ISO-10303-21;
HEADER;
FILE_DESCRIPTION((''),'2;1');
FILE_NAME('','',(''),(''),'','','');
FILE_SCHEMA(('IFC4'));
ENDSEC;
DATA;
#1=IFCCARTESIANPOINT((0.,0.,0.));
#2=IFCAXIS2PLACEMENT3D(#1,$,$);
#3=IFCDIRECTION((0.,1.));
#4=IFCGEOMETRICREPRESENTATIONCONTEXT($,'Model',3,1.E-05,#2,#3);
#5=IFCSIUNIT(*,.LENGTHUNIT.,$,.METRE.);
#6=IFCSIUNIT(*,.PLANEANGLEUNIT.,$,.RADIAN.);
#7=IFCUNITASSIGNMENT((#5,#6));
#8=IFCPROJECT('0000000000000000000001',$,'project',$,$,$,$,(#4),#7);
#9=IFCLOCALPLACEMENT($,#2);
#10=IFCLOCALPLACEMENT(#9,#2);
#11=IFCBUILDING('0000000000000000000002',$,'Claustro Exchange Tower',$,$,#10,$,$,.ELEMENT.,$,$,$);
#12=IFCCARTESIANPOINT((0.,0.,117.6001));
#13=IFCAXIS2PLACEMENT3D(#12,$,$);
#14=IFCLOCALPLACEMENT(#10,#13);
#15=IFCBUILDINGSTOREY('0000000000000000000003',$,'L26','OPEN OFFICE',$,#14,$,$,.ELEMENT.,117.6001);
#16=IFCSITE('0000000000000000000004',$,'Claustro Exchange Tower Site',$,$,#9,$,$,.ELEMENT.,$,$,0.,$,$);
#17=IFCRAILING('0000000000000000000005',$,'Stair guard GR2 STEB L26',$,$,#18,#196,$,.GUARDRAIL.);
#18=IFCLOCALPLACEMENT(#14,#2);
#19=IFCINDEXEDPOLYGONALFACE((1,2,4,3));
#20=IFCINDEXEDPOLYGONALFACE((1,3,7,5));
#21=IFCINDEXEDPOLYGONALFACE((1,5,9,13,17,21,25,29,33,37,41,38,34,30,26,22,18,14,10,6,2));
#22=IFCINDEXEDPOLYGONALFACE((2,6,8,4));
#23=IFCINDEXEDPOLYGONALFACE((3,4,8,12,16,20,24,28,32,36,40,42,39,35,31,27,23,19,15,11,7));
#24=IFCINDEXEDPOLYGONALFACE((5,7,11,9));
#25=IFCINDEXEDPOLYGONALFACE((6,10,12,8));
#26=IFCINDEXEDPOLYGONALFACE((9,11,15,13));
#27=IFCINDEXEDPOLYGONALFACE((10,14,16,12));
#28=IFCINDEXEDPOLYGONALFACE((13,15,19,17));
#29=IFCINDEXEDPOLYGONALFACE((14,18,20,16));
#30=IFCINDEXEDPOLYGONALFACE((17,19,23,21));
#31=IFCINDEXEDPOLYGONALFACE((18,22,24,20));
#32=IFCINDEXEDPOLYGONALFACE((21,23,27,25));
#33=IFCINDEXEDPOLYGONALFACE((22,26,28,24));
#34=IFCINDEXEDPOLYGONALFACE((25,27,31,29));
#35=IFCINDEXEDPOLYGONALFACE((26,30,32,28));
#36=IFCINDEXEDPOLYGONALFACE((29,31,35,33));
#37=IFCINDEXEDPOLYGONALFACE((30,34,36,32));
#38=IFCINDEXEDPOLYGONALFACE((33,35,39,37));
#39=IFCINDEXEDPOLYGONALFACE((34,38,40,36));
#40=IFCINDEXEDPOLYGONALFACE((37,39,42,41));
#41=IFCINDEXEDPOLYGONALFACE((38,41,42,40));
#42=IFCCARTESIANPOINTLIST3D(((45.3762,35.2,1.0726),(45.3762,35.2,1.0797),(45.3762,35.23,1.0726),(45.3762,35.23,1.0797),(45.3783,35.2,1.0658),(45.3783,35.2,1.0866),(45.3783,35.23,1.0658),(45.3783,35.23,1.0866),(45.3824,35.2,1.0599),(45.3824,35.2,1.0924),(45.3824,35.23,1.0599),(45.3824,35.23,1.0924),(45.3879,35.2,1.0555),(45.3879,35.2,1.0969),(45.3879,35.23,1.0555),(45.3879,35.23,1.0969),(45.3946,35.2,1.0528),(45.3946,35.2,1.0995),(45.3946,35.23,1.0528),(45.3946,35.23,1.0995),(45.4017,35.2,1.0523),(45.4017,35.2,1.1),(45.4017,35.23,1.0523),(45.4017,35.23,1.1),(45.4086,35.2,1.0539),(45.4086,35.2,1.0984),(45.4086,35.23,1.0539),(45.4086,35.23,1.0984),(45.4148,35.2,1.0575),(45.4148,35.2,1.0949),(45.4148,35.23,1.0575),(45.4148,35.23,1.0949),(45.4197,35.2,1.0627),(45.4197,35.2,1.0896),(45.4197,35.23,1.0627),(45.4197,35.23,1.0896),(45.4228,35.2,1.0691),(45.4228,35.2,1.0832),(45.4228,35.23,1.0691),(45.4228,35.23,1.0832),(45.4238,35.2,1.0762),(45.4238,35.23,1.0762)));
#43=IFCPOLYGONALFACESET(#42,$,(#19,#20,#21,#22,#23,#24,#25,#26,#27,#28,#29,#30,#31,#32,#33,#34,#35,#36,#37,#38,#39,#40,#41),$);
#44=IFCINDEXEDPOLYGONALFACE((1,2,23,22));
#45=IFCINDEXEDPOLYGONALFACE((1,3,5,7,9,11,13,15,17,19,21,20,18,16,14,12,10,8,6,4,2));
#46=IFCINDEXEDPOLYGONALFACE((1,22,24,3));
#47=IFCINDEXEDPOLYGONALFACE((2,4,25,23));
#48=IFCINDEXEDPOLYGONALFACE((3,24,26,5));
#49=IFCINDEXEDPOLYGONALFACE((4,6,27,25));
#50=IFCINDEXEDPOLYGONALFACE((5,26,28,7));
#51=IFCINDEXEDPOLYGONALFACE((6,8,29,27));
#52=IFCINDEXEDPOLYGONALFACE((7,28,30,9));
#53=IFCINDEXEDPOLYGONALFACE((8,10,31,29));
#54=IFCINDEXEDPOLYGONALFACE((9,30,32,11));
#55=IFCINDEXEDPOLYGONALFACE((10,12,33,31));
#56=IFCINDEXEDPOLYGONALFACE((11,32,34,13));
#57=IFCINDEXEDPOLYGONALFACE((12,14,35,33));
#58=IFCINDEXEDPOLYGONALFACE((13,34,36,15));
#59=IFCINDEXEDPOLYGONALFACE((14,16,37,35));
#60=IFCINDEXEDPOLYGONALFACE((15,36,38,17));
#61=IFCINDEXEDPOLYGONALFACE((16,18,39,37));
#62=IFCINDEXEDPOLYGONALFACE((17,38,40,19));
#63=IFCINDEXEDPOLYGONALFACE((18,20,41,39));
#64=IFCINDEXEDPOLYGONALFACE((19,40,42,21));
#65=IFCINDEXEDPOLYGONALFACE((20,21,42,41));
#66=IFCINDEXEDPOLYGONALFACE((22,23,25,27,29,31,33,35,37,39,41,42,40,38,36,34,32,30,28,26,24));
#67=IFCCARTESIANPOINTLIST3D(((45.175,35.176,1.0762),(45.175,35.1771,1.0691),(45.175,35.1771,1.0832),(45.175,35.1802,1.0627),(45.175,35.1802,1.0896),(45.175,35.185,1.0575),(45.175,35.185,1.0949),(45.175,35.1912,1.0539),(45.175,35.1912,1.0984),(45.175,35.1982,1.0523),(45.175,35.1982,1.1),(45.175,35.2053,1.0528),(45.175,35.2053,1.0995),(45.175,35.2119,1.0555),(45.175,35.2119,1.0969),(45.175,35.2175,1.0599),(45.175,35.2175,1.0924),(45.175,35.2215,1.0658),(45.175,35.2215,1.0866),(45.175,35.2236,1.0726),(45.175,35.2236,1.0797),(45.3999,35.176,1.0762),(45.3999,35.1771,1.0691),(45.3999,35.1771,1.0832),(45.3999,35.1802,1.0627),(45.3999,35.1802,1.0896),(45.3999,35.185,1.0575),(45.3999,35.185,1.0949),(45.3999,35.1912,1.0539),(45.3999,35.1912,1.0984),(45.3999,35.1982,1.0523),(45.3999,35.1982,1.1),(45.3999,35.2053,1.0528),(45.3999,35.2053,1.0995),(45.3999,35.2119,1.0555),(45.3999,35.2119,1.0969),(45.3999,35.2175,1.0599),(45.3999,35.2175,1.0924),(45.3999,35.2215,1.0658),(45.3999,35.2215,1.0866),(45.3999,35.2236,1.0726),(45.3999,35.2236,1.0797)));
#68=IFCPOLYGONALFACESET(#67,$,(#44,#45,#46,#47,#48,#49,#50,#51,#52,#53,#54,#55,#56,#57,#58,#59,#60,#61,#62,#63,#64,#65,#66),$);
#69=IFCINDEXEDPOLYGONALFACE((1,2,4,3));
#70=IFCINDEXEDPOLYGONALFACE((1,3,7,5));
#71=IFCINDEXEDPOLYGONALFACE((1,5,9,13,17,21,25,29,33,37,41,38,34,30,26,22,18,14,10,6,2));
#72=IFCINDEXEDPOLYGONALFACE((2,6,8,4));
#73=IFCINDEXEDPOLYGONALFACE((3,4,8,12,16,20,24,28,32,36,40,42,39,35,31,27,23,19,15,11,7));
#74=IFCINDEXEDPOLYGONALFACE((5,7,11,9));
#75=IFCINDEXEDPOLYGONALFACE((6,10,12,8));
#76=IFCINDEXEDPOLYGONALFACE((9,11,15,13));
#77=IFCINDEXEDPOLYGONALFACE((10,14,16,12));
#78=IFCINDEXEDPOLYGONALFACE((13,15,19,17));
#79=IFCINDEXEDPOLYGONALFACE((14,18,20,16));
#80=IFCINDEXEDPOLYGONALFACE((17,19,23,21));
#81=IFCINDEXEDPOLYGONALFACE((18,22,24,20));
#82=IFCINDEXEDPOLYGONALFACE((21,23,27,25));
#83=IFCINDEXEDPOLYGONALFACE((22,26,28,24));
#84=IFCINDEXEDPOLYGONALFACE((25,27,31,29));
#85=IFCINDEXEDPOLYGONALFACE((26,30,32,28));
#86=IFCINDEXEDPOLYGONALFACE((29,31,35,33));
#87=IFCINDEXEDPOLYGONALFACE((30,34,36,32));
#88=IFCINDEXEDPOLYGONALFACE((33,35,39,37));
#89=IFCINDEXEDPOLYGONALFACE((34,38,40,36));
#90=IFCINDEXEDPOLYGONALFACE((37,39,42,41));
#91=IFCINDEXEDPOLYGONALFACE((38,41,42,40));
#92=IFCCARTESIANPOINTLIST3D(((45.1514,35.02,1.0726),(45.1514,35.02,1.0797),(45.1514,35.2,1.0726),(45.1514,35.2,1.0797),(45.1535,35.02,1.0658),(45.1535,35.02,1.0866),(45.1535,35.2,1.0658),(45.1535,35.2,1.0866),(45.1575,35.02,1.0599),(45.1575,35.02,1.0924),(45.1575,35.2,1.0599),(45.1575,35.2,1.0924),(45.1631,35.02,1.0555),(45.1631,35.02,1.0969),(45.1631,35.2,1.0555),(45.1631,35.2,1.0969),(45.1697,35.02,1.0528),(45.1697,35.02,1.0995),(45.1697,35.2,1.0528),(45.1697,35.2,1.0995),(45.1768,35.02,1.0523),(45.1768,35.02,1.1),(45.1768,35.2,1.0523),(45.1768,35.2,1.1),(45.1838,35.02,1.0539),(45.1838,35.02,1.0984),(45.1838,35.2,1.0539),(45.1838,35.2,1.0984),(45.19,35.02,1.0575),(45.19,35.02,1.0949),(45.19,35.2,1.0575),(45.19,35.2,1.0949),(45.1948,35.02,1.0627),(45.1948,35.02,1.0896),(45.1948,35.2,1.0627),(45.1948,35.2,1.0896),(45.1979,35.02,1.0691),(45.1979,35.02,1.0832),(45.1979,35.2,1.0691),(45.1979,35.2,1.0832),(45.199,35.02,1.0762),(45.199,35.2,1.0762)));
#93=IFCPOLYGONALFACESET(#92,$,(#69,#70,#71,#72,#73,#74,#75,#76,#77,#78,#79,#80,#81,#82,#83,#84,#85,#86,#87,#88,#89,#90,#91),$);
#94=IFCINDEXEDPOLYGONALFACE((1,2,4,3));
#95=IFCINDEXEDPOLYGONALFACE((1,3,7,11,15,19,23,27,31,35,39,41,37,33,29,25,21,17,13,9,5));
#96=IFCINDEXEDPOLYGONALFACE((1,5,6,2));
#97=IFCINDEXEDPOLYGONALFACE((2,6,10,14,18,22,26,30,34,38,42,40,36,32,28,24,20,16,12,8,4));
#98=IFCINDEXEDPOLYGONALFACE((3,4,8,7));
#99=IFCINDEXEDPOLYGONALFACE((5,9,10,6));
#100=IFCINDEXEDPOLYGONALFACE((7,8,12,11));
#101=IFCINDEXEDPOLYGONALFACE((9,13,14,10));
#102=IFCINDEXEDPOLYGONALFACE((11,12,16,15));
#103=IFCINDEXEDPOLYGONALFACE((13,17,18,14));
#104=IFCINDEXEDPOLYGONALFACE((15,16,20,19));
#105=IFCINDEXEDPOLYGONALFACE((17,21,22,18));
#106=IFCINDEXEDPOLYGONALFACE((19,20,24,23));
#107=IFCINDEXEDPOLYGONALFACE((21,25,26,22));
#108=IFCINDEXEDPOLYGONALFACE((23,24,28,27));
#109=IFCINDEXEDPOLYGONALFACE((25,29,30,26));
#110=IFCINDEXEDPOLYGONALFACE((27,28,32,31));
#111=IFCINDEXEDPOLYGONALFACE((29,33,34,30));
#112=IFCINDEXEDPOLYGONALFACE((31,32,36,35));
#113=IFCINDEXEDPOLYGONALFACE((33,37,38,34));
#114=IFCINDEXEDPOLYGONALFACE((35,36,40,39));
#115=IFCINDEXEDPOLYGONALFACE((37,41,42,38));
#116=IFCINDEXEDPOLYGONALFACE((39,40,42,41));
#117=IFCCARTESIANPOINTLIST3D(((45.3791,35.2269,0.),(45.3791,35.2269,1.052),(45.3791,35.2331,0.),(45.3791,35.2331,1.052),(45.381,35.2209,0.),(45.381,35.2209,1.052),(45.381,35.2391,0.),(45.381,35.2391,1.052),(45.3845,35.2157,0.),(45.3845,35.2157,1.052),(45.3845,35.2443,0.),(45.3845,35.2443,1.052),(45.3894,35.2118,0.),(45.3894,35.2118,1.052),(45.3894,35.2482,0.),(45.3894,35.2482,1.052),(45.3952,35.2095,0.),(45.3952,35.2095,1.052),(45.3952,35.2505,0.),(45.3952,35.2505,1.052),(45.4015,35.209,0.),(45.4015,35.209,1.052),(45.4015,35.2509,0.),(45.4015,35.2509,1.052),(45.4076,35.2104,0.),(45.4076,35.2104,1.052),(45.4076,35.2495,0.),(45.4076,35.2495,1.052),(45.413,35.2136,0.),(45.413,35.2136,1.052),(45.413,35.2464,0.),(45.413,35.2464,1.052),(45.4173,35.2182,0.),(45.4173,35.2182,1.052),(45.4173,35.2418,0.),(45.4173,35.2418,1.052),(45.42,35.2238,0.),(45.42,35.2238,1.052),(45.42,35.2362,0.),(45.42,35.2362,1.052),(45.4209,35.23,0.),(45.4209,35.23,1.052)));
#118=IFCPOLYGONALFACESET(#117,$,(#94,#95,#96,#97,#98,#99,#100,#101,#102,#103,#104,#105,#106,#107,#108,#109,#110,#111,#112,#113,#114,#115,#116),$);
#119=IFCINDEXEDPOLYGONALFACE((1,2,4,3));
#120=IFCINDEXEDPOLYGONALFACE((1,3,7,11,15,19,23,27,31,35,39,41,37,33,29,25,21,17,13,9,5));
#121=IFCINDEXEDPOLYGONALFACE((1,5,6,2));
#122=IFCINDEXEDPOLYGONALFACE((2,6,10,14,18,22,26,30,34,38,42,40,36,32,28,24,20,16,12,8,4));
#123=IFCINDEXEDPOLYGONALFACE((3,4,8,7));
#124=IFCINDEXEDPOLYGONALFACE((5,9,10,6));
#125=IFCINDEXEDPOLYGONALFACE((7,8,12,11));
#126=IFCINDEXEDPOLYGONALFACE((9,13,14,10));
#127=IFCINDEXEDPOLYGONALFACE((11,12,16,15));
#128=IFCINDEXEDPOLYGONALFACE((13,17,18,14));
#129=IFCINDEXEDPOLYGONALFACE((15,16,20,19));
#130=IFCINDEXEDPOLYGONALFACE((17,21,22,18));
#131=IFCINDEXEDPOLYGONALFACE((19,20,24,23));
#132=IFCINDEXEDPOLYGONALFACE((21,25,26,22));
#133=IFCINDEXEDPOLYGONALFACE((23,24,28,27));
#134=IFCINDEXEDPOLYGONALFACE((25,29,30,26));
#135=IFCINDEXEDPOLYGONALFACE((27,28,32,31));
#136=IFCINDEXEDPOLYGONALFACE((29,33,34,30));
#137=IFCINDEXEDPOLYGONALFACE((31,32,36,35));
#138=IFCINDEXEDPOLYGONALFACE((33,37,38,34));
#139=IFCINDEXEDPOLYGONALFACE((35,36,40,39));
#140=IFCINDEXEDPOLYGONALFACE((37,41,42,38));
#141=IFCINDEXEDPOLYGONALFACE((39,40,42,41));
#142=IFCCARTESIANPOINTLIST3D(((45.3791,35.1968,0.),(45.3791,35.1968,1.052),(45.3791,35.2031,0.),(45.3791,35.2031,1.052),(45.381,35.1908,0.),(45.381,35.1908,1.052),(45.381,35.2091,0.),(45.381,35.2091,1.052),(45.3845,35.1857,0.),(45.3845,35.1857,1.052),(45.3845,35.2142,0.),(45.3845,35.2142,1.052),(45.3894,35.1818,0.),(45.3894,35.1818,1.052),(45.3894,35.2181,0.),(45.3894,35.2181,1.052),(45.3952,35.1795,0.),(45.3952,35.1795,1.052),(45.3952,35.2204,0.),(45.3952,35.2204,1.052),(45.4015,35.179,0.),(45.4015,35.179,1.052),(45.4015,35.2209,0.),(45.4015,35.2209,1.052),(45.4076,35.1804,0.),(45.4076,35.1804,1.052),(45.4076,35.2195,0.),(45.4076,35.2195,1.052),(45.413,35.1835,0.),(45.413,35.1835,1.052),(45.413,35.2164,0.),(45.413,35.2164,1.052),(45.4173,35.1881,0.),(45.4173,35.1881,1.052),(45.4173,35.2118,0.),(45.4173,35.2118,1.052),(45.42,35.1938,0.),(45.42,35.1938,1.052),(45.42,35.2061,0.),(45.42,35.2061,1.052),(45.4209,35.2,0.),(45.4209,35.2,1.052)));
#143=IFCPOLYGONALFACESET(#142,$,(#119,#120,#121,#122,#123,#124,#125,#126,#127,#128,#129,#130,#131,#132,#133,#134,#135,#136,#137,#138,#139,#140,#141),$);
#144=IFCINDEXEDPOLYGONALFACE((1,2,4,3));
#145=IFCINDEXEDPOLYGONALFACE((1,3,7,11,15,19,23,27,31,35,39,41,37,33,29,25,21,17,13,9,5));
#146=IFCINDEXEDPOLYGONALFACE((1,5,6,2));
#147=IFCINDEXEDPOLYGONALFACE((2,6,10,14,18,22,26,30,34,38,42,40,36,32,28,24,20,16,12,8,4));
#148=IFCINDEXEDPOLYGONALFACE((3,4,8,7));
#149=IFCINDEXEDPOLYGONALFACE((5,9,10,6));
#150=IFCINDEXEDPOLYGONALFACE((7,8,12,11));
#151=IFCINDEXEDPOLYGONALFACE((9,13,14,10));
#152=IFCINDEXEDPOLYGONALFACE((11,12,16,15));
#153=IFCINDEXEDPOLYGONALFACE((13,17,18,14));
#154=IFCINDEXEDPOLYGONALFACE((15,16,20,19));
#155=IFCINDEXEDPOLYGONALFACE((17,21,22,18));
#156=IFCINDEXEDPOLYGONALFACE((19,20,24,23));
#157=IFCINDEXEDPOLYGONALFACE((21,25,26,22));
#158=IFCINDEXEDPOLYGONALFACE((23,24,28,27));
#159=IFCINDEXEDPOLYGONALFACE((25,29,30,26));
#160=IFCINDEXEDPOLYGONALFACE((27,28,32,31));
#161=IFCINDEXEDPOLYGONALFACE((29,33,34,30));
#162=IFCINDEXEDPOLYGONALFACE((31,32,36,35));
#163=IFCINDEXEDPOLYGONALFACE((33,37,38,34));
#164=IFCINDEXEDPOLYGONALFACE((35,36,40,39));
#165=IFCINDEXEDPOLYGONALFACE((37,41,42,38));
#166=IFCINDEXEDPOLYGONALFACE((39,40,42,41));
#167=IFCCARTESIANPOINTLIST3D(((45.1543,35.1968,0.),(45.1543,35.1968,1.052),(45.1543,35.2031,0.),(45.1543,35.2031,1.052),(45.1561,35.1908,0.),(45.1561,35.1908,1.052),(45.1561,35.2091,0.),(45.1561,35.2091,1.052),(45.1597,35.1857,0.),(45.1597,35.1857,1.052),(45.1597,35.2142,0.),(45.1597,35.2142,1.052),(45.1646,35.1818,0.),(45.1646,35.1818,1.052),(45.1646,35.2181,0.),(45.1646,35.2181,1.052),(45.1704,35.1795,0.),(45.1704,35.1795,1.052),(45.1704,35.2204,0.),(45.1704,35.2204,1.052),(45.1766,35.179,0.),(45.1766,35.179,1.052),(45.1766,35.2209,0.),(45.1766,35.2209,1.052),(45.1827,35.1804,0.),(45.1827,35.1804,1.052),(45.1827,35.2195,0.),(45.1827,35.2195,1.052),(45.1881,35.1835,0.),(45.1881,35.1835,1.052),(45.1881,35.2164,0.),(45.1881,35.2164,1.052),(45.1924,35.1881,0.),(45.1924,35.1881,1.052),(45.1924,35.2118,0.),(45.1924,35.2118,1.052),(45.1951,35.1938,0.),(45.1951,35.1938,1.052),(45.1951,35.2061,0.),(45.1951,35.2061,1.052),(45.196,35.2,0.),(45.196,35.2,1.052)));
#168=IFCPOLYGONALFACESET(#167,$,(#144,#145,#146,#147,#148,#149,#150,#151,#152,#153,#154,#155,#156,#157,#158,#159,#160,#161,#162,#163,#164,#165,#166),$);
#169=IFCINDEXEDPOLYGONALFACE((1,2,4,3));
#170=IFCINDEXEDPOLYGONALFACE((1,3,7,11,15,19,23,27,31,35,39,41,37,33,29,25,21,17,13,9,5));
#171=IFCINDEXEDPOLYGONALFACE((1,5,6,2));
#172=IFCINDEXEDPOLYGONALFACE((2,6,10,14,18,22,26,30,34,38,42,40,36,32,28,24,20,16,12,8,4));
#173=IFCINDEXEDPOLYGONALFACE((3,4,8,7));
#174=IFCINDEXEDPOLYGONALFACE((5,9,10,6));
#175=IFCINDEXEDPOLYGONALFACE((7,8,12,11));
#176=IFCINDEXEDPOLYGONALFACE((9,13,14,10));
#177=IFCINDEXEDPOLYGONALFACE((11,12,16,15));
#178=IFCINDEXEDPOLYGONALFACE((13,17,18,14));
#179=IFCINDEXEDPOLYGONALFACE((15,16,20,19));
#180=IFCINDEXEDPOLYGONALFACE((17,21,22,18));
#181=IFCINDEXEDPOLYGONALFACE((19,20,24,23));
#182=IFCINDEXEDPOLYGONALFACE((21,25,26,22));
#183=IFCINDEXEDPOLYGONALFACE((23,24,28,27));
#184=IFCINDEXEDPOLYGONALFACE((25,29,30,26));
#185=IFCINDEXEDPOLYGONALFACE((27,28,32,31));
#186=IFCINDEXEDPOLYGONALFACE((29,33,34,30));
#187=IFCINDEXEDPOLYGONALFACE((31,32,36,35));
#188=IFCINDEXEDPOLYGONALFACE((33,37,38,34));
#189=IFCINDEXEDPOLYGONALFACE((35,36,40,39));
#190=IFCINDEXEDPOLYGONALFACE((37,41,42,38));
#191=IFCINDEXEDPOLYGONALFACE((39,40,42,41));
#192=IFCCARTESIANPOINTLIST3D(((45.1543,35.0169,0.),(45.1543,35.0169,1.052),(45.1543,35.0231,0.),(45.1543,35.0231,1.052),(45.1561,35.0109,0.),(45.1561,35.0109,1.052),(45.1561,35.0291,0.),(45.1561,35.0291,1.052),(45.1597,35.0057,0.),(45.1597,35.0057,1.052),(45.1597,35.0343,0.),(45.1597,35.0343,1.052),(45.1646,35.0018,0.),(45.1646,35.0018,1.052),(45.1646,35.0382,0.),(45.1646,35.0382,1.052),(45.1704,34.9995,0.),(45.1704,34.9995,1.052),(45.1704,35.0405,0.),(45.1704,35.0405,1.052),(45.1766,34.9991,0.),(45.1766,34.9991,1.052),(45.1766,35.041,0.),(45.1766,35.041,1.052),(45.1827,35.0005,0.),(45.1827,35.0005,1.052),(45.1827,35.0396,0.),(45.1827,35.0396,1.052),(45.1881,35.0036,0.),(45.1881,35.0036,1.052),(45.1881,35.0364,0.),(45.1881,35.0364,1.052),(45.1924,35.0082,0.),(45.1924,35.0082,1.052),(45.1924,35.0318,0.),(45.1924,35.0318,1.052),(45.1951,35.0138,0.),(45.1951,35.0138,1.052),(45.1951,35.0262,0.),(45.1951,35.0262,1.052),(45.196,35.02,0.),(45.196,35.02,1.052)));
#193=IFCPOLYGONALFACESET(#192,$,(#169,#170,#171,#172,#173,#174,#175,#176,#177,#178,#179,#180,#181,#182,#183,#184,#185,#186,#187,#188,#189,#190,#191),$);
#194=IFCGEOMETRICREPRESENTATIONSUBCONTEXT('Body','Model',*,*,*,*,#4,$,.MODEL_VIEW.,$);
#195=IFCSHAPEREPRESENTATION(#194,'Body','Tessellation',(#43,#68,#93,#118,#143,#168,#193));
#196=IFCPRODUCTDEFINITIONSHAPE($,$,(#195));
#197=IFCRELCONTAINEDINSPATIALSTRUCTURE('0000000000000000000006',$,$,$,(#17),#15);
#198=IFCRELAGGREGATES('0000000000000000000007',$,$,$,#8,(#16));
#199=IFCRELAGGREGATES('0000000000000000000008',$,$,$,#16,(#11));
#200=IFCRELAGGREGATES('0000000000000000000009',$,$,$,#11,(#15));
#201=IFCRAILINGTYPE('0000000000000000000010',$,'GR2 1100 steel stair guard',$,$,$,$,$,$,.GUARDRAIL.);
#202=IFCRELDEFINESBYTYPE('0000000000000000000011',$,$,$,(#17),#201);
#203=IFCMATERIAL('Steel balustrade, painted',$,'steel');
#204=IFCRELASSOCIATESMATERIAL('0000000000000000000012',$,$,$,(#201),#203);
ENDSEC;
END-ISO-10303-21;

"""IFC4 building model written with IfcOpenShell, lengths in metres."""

from ifc_helpers import new_model, si_unit, direction, frame, origin, origin_2d, place, context, subcontext, project, spatial, circle, extrude, material, type_object, element, save


model = new_model("IFC4")

# Units and contexts
model_context = context("Model", 3, precision=1e-05, world=origin(), true_north=direction((0.0, 1.0)))
body_context = subcontext(model_context, "Body", "Model", "MODEL_VIEW")
ifc_project = project(units=[si_unit("LENGTHUNIT", "METRE"), si_unit("PLANEANGLEUNIT", "RADIAN")], contexts=[model_context])

# Site, building, storey
site_placement = place(None, origin())
site = spatial("IfcSite", under=ifc_project, at=site_placement, Name="Claustro Exchange Tower Site", CompositionType="ELEMENT", RefElevation=0.0)
building_placement = place(site_placement, origin())
building = spatial("IfcBuilding", under=site, at=building_placement, Name="Claustro Exchange Tower", CompositionType="ELEMENT")
storey_placement = place(building_placement, frame((0.0, 0.0, 117.6001)))
storey = spatial("IfcBuildingStorey", under=building, at=storey_placement, Name="L26", Description="OPEN OFFICE", CompositionType="ELEMENT", Elevation=117.6001)

# Railing
ifc_material_1 = material(Name="Steel balustrade, painted", Category="steel")
railing_type_1 = type_object("IfcRailingType", Name="GR2 1100 steel stair guard", PredefinedType="GUARDRAIL", material=ifc_material_1)
railing_1_placement = place(storey_placement, frame((45.3999, 35.23, 0.0)))
element("IfcRailing", 1, at=railing_1_placement, inside=storey, type_object=railing_type_1, Name="Stair guard GR2 STEB L26", PredefinedType="GUARDRAIL", context=body_context, shape_type="SweptSolid", body=[
    extrude(circle(Radius=0.0239, at=origin_2d()), frame((0.0, 0.0, 1.0762), z_axis=(0.0, -1.0, 0.0), x_axis=(1.0, 0.0, 0.0)), (0.0, 0.0, 1.0), 0.03),
    extrude(circle(Radius=0.0239, at=origin_2d()), frame((0.0, -0.03, 1.0762), z_axis=(-1.0, 0.0, 0.0), x_axis=(0.0, -1.0, 0.0)), (0.0, 0.0, 1.0), 0.2249),
    extrude(circle(Radius=0.0239, at=origin_2d()), frame((-0.2249, -0.03, 1.0762), z_axis=(0.0, -1.0, 0.0), x_axis=(1.0, 0.0, 0.0)), (0.0, 0.0, 1.0), 0.1799),
    extrude(circle(Radius=0.021, at=origin_2d()), origin(), (0.0, 0.0, 1.0), 1.052),
    extrude(circle(Radius=0.021, at=origin_2d()), frame((0.0, -0.03, 0.0)), (0.0, 0.0, 1.0), 1.052),
    extrude(circle(Radius=0.021, at=origin_2d()), frame((-0.2249, -0.03, 0.0)), (0.0, 0.0, 1.0), 1.052),
    extrude(circle(Radius=0.021, at=origin_2d()), frame((-0.2249, -0.21, 0.0)), (0.0, 0.0, 1.0), 1.052),
])

save(model, "model.ifc")
